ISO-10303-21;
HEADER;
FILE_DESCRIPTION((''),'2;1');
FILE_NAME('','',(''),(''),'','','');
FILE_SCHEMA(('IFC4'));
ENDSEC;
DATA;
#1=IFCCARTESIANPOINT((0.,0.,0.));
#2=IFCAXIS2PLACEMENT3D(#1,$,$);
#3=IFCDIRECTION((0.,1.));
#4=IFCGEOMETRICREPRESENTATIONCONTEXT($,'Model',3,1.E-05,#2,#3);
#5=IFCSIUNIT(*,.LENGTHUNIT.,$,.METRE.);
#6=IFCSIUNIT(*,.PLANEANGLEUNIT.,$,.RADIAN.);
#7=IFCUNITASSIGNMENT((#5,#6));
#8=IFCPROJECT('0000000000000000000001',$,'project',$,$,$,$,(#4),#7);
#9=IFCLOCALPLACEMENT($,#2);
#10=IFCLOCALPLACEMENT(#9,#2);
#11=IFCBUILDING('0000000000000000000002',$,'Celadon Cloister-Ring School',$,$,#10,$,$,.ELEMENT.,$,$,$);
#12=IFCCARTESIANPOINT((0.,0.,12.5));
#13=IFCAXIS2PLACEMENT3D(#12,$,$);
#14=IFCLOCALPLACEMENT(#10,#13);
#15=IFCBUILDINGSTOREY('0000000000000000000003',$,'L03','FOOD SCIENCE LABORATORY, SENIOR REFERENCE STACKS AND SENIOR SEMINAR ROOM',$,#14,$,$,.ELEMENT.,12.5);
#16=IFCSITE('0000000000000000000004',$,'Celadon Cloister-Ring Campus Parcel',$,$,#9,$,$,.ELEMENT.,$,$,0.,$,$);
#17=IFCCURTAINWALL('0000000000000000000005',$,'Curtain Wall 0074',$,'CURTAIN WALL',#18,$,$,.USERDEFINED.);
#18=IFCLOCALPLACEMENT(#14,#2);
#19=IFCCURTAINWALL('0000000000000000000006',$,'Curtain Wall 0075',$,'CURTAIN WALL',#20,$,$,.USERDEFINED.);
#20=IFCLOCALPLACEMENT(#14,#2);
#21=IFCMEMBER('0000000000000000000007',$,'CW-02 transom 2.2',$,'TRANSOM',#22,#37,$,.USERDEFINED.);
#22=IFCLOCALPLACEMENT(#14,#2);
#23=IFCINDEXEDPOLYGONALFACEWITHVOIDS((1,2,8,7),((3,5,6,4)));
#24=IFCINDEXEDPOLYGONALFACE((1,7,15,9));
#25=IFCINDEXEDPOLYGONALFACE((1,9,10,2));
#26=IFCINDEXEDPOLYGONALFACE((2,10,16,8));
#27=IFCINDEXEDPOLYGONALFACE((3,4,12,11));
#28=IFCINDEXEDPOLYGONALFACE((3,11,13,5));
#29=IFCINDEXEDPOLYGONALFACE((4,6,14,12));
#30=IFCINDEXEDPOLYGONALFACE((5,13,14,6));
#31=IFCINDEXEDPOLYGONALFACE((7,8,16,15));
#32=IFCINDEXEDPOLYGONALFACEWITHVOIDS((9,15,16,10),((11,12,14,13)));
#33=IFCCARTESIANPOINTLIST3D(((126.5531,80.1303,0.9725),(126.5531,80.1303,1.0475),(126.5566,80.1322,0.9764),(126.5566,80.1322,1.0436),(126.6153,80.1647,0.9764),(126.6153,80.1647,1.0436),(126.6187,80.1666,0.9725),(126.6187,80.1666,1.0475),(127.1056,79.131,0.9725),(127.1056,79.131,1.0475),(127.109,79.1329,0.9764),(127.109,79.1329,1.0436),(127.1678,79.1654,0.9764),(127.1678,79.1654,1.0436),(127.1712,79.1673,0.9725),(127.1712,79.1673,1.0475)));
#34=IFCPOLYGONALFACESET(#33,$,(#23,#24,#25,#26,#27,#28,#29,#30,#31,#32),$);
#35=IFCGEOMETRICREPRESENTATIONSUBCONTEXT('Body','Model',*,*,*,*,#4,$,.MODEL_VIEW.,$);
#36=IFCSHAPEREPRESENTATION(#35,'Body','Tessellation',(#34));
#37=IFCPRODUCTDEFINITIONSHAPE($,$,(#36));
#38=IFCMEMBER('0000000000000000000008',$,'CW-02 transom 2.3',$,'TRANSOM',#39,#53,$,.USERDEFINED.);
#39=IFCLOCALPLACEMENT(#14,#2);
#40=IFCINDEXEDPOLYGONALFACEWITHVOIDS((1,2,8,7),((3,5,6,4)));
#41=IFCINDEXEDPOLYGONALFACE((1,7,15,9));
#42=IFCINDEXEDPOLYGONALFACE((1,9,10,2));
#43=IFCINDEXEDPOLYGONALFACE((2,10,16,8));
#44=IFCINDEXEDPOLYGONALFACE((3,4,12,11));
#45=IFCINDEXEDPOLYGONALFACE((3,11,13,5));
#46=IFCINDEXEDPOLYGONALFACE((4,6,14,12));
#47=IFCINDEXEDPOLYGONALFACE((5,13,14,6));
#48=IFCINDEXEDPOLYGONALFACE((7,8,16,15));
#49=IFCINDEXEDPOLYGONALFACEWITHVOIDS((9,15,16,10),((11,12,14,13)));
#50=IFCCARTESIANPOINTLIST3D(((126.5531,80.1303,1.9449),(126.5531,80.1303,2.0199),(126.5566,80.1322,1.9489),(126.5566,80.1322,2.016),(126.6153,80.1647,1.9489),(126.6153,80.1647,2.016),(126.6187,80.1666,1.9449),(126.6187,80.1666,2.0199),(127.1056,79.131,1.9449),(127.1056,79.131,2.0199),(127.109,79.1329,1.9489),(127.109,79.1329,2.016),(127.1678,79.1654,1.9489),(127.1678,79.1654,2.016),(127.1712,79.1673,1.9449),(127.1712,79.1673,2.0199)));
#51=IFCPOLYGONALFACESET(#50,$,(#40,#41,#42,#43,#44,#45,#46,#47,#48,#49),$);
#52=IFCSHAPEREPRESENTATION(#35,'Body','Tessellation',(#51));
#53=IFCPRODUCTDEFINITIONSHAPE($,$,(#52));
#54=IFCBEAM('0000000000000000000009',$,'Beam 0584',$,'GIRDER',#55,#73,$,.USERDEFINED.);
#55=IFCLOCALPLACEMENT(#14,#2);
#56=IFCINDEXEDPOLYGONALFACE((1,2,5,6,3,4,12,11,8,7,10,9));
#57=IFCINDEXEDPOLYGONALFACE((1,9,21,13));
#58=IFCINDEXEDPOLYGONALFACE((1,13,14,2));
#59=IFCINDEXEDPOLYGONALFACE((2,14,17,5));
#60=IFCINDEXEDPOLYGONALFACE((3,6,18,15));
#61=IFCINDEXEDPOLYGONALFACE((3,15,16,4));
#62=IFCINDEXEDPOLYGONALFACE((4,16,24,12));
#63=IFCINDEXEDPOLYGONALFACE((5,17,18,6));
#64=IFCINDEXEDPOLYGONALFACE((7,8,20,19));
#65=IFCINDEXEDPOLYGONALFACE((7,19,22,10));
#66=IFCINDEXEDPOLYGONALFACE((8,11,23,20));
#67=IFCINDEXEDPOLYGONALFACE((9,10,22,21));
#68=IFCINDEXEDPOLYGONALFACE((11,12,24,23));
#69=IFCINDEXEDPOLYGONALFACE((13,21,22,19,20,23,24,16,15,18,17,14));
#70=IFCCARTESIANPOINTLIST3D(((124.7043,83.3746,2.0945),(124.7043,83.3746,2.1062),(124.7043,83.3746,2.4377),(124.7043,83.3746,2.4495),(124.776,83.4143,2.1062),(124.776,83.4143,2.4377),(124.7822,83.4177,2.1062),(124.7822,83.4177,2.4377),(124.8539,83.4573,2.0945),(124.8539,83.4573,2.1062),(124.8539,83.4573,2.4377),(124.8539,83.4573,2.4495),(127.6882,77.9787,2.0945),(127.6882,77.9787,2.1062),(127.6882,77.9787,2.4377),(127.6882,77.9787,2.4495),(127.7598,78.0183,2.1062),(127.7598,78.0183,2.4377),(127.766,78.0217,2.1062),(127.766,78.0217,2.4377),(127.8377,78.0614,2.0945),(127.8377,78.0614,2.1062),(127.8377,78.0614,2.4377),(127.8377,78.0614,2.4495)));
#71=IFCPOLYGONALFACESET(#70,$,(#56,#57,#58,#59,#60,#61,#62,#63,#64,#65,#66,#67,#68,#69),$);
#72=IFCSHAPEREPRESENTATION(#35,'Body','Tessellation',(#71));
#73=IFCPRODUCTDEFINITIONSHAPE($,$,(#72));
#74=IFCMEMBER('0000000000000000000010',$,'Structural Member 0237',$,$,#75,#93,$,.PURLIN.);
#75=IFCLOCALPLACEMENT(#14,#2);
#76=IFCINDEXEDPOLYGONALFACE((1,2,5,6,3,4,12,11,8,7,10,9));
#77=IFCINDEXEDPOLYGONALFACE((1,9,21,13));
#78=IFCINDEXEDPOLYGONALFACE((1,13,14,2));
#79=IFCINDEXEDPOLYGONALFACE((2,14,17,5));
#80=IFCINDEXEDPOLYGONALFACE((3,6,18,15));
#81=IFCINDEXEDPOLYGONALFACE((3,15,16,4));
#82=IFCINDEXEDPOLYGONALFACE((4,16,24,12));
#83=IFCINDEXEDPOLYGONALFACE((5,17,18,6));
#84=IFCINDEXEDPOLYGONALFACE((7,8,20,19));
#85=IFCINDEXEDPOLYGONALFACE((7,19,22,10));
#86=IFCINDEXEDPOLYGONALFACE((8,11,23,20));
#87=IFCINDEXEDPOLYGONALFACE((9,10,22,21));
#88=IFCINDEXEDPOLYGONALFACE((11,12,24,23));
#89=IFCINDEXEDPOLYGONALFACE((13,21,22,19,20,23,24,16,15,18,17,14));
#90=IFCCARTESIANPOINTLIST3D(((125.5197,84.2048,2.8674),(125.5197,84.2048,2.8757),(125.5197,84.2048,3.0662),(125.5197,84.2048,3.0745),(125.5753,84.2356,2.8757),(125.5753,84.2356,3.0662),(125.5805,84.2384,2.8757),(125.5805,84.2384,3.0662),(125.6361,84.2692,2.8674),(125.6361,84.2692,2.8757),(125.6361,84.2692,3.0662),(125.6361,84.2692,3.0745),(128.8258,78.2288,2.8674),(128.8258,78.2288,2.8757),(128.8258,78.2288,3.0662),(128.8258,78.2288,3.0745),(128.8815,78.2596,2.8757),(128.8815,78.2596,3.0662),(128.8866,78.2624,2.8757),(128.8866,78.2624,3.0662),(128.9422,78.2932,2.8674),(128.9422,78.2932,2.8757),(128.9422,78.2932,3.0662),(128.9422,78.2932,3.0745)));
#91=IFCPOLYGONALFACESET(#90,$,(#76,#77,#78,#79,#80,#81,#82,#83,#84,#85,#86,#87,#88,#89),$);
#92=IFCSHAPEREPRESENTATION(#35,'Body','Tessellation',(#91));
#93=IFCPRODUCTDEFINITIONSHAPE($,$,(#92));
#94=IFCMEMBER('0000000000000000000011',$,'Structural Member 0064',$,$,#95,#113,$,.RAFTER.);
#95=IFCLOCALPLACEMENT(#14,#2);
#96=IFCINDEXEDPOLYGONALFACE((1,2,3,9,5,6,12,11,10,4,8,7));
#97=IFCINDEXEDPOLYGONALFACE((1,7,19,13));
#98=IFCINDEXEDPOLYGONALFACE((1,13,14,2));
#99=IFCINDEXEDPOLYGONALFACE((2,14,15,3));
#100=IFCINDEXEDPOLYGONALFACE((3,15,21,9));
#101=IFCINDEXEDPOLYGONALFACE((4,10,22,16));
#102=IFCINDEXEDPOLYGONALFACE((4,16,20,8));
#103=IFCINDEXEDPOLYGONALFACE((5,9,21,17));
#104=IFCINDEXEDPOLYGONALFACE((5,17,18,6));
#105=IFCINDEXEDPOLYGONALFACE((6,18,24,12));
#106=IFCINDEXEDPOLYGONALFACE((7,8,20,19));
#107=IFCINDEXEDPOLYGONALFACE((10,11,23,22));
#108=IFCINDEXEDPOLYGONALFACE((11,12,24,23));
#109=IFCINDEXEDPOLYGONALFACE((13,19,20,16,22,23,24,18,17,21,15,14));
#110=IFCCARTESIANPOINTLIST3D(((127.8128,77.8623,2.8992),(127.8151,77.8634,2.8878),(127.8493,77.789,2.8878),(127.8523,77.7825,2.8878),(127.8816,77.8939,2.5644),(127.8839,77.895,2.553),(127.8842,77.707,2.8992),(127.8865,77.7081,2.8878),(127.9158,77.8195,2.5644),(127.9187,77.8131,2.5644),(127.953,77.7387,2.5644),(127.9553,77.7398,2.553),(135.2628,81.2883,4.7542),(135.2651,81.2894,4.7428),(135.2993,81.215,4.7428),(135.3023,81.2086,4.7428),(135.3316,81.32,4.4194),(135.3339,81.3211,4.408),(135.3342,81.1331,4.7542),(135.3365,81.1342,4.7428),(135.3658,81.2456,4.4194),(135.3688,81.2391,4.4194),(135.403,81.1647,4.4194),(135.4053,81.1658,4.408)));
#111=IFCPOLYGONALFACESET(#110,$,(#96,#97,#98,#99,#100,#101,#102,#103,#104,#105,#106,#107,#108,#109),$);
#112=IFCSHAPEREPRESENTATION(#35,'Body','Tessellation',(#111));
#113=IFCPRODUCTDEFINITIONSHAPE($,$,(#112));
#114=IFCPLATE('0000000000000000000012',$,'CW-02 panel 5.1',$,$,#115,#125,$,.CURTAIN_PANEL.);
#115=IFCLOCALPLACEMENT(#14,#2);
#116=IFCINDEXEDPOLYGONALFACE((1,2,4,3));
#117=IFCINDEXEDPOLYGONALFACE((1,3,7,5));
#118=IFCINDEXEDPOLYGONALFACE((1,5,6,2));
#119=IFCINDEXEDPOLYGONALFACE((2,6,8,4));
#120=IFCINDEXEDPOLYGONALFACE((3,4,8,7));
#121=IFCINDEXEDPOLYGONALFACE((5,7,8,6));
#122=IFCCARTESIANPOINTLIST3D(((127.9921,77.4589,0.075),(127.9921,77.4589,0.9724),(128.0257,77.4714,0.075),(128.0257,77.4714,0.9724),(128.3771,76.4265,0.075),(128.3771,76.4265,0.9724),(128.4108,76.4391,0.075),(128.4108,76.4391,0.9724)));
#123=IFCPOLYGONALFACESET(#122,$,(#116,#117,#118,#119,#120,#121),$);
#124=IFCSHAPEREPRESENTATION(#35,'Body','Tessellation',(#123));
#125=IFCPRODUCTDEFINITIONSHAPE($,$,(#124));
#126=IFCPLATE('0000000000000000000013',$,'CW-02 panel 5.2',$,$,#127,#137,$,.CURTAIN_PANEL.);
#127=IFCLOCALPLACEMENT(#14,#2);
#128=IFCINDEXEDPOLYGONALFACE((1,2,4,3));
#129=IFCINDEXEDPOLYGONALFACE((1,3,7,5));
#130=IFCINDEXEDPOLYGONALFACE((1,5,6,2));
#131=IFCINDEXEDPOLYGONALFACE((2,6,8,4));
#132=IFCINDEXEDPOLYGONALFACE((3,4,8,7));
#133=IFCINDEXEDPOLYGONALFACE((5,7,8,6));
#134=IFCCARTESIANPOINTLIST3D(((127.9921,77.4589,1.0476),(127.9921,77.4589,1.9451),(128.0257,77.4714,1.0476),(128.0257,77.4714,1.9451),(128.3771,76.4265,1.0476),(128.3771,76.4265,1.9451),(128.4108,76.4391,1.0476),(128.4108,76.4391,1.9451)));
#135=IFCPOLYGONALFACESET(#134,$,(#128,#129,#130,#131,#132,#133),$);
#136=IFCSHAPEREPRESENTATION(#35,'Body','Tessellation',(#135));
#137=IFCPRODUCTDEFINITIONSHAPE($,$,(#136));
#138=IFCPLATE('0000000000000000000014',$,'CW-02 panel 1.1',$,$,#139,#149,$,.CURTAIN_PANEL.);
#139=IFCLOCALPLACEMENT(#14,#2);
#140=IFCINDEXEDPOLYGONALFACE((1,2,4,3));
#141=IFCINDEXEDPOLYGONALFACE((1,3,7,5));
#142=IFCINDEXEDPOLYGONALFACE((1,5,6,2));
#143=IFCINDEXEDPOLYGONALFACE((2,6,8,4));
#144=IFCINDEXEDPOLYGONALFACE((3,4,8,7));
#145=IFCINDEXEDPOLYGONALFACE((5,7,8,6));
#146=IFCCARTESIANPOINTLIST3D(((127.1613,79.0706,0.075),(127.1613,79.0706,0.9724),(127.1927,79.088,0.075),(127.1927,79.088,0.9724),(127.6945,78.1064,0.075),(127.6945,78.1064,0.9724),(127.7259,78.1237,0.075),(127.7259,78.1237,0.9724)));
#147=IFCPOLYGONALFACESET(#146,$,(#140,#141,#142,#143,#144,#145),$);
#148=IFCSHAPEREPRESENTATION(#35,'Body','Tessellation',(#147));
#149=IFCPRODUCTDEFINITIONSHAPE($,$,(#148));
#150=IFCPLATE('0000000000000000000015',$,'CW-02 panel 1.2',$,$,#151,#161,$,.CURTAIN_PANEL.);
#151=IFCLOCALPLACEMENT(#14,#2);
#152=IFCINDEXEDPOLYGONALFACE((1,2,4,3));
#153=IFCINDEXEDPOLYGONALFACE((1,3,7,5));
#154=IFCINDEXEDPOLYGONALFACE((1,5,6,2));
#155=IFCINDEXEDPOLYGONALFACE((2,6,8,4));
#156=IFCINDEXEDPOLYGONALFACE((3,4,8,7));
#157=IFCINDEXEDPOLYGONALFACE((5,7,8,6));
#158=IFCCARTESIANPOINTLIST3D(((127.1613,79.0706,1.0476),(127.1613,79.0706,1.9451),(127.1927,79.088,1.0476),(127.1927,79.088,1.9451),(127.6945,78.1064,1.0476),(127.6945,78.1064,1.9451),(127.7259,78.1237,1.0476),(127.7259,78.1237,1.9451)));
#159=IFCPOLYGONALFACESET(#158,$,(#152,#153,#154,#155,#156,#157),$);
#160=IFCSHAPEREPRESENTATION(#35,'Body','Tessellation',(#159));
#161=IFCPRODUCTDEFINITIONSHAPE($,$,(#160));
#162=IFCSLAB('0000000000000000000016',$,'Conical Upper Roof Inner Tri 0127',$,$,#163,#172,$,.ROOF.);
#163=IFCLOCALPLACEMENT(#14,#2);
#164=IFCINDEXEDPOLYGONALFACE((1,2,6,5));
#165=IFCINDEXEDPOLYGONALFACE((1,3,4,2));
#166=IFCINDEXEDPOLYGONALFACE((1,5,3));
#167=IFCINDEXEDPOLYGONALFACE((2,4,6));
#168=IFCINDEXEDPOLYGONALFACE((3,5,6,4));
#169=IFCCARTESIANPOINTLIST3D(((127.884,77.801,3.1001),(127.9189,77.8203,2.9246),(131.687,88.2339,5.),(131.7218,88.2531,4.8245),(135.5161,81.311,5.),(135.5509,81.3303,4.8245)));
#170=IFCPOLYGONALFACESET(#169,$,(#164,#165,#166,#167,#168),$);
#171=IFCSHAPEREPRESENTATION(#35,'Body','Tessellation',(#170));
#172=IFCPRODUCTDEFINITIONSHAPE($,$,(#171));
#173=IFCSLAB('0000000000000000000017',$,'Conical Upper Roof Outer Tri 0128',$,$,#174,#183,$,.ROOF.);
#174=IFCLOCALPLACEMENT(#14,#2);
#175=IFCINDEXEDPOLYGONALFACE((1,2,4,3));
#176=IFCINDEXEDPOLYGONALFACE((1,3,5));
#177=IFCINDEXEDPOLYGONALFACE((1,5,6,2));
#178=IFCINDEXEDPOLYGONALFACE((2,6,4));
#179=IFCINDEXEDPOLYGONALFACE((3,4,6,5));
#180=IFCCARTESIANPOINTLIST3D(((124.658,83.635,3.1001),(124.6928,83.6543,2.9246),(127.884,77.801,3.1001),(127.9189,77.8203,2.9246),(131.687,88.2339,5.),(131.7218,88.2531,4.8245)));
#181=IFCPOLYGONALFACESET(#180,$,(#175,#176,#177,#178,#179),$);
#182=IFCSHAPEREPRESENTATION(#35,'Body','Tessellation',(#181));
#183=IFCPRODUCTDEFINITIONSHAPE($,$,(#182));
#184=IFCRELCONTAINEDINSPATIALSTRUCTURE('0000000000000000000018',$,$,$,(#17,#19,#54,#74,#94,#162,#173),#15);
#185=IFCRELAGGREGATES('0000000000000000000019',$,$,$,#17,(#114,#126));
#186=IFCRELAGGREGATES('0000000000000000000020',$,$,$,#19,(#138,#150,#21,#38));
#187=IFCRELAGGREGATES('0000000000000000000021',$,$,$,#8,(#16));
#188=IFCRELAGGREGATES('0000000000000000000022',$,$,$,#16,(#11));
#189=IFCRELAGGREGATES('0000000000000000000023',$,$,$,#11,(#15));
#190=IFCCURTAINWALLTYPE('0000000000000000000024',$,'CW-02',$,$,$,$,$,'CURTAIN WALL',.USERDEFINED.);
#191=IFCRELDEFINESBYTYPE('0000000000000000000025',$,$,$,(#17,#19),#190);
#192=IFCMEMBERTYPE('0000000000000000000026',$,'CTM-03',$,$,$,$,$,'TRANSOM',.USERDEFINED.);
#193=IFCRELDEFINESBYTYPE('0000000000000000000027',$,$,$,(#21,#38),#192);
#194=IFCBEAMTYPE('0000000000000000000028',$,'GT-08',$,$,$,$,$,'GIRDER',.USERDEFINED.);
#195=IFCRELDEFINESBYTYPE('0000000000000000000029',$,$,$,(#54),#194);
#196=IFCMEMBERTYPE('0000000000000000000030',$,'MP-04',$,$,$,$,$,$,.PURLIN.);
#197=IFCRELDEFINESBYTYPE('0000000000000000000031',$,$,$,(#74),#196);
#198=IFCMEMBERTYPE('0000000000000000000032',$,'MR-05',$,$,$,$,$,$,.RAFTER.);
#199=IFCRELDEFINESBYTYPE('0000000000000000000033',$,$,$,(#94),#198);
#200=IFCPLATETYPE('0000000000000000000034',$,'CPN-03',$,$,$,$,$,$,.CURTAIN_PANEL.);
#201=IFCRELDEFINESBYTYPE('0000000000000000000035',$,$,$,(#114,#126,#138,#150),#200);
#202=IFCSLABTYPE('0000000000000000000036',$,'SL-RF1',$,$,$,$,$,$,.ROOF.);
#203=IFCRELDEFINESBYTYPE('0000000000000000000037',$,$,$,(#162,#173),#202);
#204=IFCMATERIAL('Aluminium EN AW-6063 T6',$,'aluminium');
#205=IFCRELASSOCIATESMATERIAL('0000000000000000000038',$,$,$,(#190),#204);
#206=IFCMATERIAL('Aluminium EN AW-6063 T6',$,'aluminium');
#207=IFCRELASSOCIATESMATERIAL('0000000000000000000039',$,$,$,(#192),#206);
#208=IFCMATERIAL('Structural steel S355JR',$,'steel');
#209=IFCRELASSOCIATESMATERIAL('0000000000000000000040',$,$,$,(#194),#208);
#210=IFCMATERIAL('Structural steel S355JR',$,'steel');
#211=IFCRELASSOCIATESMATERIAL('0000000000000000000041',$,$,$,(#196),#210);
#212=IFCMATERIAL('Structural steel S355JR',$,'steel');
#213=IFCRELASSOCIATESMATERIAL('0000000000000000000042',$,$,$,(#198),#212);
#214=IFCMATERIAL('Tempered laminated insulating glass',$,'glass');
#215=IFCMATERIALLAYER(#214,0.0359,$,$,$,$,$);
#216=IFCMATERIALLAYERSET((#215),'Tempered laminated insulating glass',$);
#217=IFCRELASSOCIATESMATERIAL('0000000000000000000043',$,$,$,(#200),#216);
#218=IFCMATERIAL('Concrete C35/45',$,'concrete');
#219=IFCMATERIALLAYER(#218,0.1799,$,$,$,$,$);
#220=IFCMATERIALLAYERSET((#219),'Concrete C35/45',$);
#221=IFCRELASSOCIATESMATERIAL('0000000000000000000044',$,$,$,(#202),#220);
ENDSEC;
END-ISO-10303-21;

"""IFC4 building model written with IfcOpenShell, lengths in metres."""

from ifc_helpers import new_model, si_unit, direction, frame, origin, origin_2d, place, context, subcontext, project, spatial, polyline, rectangle, hollow_rectangle, i_section, outline, extrude, material, layer, layer_set, material_profile, profile_set, type_object, element, aggregate, save


model = new_model("IFC4")

# Units and contexts
model_context = context("Model", 3, precision=1e-05, world=origin(), true_north=direction((0.0, 1.0)))
body_context = subcontext(model_context, "Body", "Model", "MODEL_VIEW")
ifc_project = project(units=[si_unit("LENGTHUNIT", "METRE"), si_unit("PLANEANGLEUNIT", "RADIAN")], contexts=[model_context])

# Site, building, storey
site_placement = place(None, origin())
site = spatial("IfcSite", under=ifc_project, at=site_placement, Name="Celadon Cloister-Ring Campus Parcel", CompositionType="ELEMENT", RefElevation=0.0)
building_placement = place(site_placement, origin())
building = spatial("IfcBuilding", under=site, at=building_placement, Name="Celadon Cloister-Ring School", CompositionType="ELEMENT")
storey_placement = place(building_placement, frame((0.0, 0.0, 12.5)))
storey = spatial("IfcBuildingStorey", under=building, at=storey_placement, Name="L03", Description="FOOD SCIENCE LABORATORY, SENIOR REFERENCE STACKS AND SENIOR SEMINAR ROOM", CompositionType="ELEMENT", Elevation=12.5)

# Curtain wall
ifc_material_1 = material(Name="Aluminium EN AW-6063 T6", Category="aluminium")
curtain_wall_type = type_object("IfcCurtainWallType", Name="CW-02", ElementType="CURTAIN WALL", PredefinedType="USERDEFINED", material=ifc_material_1)
curtain_wall_1_placement = place(storey_placement, origin())
curtain_wall_1 = element("IfcCurtainWall", 1, at=curtain_wall_1_placement, inside=storey, type_object=curtain_wall_type, Name="Curtain Wall 0074", ObjectType="CURTAIN WALL", PredefinedType="USERDEFINED")

# Curtain wall
curtain_wall_2_placement = place(storey_placement, origin())
curtain_wall_2 = element("IfcCurtainWall", 2, at=curtain_wall_2_placement, inside=storey, type_object=curtain_wall_type, Name="Curtain Wall 0075", ObjectType="CURTAIN WALL", PredefinedType="USERDEFINED")

# Members
ifc_material_2 = material(Name="Aluminium EN AW-6063 T6", Category="aluminium")
ifc_material_profile_1 = material_profile(ifc_material_2, hollow_rectangle(XDim=0.075, YDim=0.075, WallThickness=0.0039, at=origin_2d()), Name="RHS75X75X4")
ifc_profile_set_1 = profile_set([ifc_material_profile_1], Name="Aluminium EN AW-6063 T6")
member_type_1 = type_object("IfcMemberType", Name="CTM-03", ElementType="TRANSOM", PredefinedType="USERDEFINED", material=ifc_profile_set_1)
member_1_placement = place(storey_placement, frame((127.1384, 79.1492, 1.01), z_axis=(-0.483863, 0.875144, 0.0), x_axis=(-0.875144, -0.483863, 0.0)))
member_1 = element("IfcMember", 3, at=member_1_placement, type_object=member_type_1, Name="CW-02 transom 2.2", ObjectType="TRANSOM", PredefinedType="USERDEFINED", context=body_context, shape_type="SweptSolid", body=[
    extrude(hollow_rectangle(XDim=0.075, YDim=0.075, WallThickness=0.0039, at=origin_2d()), origin(), (0.0, 0.0, 1.0), 1.1418),
])
member_2_placement = place(storey_placement, frame((127.1384, 79.1492, 1.9824), z_axis=(-0.483863, 0.875144, 0.0), x_axis=(-0.875144, -0.483863, 0.0)))
member_2 = element("IfcMember", 4, at=member_2_placement, type_object=member_type_1, Name="CW-02 transom 2.3", ObjectType="TRANSOM", PredefinedType="USERDEFINED", context=body_context, shape_type="SweptSolid", body=[
    extrude(hollow_rectangle(XDim=0.075, YDim=0.075, WallThickness=0.0039, at=origin_2d()), origin(), (0.0, 0.0, 1.0), 1.1418),
])

# Beam
ifc_material_3 = material(Name="Structural steel S355JR", Category="steel")
ifc_material_profile_2 = material_profile(ifc_material_3, i_section(OverallWidth=0.1709, OverallDepth=0.355, WebThickness=0.0071, FlangeThickness=0.0117, at=origin_2d()), Name="W360X51")
ifc_profile_set_2 = profile_set([ifc_material_profile_2], Name="Structural steel S355JR")
beam_type = type_object("IfcBeamType", Name="GT-08", ElementType="GIRDER", PredefinedType="USERDEFINED", material=ifc_profile_set_2)
beam_placement = place(storey_placement, frame((127.7629, 78.02, 2.272), z_axis=(-0.483921, 0.875112, 0.0), x_axis=(-0.875112, -0.483921, 0.0)))
element("IfcBeam", 5, at=beam_placement, inside=storey, type_object=beam_type, Name="Beam 0584", ObjectType="GIRDER", PredefinedType="USERDEFINED", context=body_context, shape_type="SweptSolid", body=[
    extrude(i_section(OverallWidth=0.1709, OverallDepth=0.355, WebThickness=0.0071, FlangeThickness=0.0117, at=origin_2d()), origin(), (0.0, 0.0, 1.0), 6.166),
])

# Members
ifc_material_4 = material(Name="Structural steel S355JR", Category="steel")
ifc_material_profile_3 = material_profile(ifc_material_4, i_section(OverallWidth=0.1331, OverallDepth=0.207, WebThickness=0.0059, FlangeThickness=0.0083, at=origin_2d()), Name="W200X27")
ifc_profile_set_3 = profile_set([ifc_material_profile_3], Name="Structural steel S355JR")
member_type_2 = type_object("IfcMemberType", Name="MP-04", PredefinedType="PURLIN", material=ifc_profile_set_3)
member_3_placement = place(storey_placement, frame((128.884, 78.261, 2.9709), z_axis=(-0.484088, 0.875019, 0.0), x_axis=(-0.875019, -0.484088, 0.0)))
element("IfcMember", 6, at=member_3_placement, inside=storey, type_object=member_type_2, Name="Structural Member 0237", PredefinedType="PURLIN", context=body_context, shape_type="SweptSolid", body=[
    extrude(i_section(OverallWidth=0.1331, OverallDepth=0.207, WebThickness=0.0059, FlangeThickness=0.0083, at=origin_2d()), origin(), (0.0, 0.0, 1.0), 6.8296),
])
ifc_material_5 = material(Name="Structural steel S355JR", Category="steel")
ifc_material_profile_4 = material_profile(ifc_material_5, i_section(OverallWidth=0.1709, OverallDepth=0.355, WebThickness=0.0071, FlangeThickness=0.0117, at=origin_2d()), Name="W360X51")
ifc_profile_set_4 = profile_set([ifc_material_profile_4], Name="Structural steel S355JR")
member_type_3 = type_object("IfcMemberType", Name="MR-05", PredefinedType="RAFTER", material=ifc_profile_set_4)
member_4_placement = place(storey_placement, frame((127.884, 77.801, 2.7261), z_axis=(0.886143, 0.407513, 0.220643), x_axis=(-0.41781, 0.908535, 0.0)))
element("IfcMember", 7, at=member_4_placement, inside=storey, type_object=member_type_3, Name="Structural Member 0064", PredefinedType="RAFTER", context=body_context, shape_type="SweptSolid", body=[
    extrude(i_section(OverallWidth=0.1709, OverallDepth=0.355, WebThickness=0.0071, FlangeThickness=0.0117, at=origin_2d()), origin(), (0.0, 0.0, 1.0), 8.4072),
])

# Plates
ifc_material_6 = material(Name="Tempered laminated insulating glass", Category="glass")
ifc_layer_1 = layer(ifc_material_6, 0.0359)
ifc_layer_set_1 = layer_set([ifc_layer_1], Name="Tempered laminated insulating glass")
plate_type = type_object("IfcPlateType", Name="CPN-03", PredefinedType="CURTAIN_PANEL", material=ifc_layer_set_1)
plate_1_placement = place(storey_placement, frame((128.2014, 76.949, 0.075), z_axis=(0.0, 0.0, 1.0), x_axis=(-0.349473, 0.936947, 0.0)))
plate_1 = element("IfcPlate", 8, at=plate_1_placement, type_object=plate_type, Name="CW-02 panel 5.1", PredefinedType="CURTAIN_PANEL", context=body_context, shape_type="SweptSolid", body=[
    extrude(rectangle(XDim=1.1018, YDim=0.0359, at=origin_2d()), origin(), (0.0, 0.0, 1.0), 0.8975),
])
plate_2_placement = place(storey_placement, frame((128.2014, 76.949, 1.0476), z_axis=(0.0, 0.0, 1.0), x_axis=(-0.349473, 0.936947, 0.0)))
plate_2 = element("IfcPlate", 9, at=plate_2_placement, type_object=plate_type, Name="CW-02 panel 5.2", PredefinedType="CURTAIN_PANEL", context=body_context, shape_type="SweptSolid", body=[
    extrude(rectangle(XDim=1.1018, YDim=0.0359, at=origin_2d()), origin(), (0.0, 0.0, 1.0), 0.8975),
])
aggregate(curtain_wall_1, [plate_1, plate_2])
plate_3_placement = place(storey_placement, frame((127.4436, 78.5972, 0.075), z_axis=(0.0, 0.0, 1.0), x_axis=(-0.483891, 0.875128, 0.0)))
plate_3 = element("IfcPlate", 10, at=plate_3_placement, type_object=plate_type, Name="CW-02 panel 1.1", PredefinedType="CURTAIN_PANEL", context=body_context, shape_type="SweptSolid", body=[
    extrude(rectangle(XDim=1.1018, YDim=0.0359, at=origin_2d()), origin(), (0.0, 0.0, 1.0), 0.8975),
])
plate_4_placement = place(storey_placement, frame((127.4436, 78.5972, 1.0476), z_axis=(0.0, 0.0, 1.0), x_axis=(-0.483891, 0.875128, 0.0)))
plate_4 = element("IfcPlate", 11, at=plate_4_placement, type_object=plate_type, Name="CW-02 panel 1.2", PredefinedType="CURTAIN_PANEL", context=body_context, shape_type="SweptSolid", body=[
    extrude(rectangle(XDim=1.1018, YDim=0.0359, at=origin_2d()), origin(), (0.0, 0.0, 1.0), 0.8975),
])
aggregate(curtain_wall_2, [plate_3, plate_4, member_1, member_2])

# Slabs
ifc_material_7 = material(Name="Concrete C35/45", Category="concrete")
ifc_layer_2 = layer(ifc_material_7, 0.1799)
ifc_layer_set_2 = layer_set([ifc_layer_2], Name="Concrete C35/45")
slab_type = type_object("IfcSlabType", Name="SL-RF1", PredefinedType="ROOF", material=ifc_layer_set_2)
slab_1_placement = place(storey_placement, frame((127.884, 77.801, 3.1001), z_axis=(-0.193539, -0.107049, 0.975235), x_axis=(0.886144, 0.407539, 0.220593)))
element("IfcSlab", 12, at=slab_1_placement, inside=storey, type_object=slab_type, Name="Conical Upper Roof Inner Tri 0127", PredefinedType="ROOF", context=body_context, shape_type="SweptSolid", body=[
    extrude(outline(polyline([(0.0, 0.0), (8.6127, 0.0), (8.0409, 7.8906), (0.0, 0.0)])), origin(), (0.0, 0.0, -1.0), 0.1799),
])
slab_2_placement = place(storey_placement, frame((127.884, 77.801, 3.1001), z_axis=(-0.193566, -0.107038, 0.975231), x_axis=(0.33757, 0.92607, 0.168644)))
element("IfcSlab", 13, at=slab_2_placement, inside=storey, type_object=slab_type, Name="Conical Upper Roof Outer Tri 0128", PredefinedType="ROOF", context=body_context, shape_type="SweptSolid", body=[
    extrude(outline(polyline([(0.0, 0.0), (11.2657, 0.0), (4.3137, 5.0828), (0.0, 0.0)])), origin(), (0.0, 0.0, -1.0), 0.1799),
])

save(model, "model.ifc")
